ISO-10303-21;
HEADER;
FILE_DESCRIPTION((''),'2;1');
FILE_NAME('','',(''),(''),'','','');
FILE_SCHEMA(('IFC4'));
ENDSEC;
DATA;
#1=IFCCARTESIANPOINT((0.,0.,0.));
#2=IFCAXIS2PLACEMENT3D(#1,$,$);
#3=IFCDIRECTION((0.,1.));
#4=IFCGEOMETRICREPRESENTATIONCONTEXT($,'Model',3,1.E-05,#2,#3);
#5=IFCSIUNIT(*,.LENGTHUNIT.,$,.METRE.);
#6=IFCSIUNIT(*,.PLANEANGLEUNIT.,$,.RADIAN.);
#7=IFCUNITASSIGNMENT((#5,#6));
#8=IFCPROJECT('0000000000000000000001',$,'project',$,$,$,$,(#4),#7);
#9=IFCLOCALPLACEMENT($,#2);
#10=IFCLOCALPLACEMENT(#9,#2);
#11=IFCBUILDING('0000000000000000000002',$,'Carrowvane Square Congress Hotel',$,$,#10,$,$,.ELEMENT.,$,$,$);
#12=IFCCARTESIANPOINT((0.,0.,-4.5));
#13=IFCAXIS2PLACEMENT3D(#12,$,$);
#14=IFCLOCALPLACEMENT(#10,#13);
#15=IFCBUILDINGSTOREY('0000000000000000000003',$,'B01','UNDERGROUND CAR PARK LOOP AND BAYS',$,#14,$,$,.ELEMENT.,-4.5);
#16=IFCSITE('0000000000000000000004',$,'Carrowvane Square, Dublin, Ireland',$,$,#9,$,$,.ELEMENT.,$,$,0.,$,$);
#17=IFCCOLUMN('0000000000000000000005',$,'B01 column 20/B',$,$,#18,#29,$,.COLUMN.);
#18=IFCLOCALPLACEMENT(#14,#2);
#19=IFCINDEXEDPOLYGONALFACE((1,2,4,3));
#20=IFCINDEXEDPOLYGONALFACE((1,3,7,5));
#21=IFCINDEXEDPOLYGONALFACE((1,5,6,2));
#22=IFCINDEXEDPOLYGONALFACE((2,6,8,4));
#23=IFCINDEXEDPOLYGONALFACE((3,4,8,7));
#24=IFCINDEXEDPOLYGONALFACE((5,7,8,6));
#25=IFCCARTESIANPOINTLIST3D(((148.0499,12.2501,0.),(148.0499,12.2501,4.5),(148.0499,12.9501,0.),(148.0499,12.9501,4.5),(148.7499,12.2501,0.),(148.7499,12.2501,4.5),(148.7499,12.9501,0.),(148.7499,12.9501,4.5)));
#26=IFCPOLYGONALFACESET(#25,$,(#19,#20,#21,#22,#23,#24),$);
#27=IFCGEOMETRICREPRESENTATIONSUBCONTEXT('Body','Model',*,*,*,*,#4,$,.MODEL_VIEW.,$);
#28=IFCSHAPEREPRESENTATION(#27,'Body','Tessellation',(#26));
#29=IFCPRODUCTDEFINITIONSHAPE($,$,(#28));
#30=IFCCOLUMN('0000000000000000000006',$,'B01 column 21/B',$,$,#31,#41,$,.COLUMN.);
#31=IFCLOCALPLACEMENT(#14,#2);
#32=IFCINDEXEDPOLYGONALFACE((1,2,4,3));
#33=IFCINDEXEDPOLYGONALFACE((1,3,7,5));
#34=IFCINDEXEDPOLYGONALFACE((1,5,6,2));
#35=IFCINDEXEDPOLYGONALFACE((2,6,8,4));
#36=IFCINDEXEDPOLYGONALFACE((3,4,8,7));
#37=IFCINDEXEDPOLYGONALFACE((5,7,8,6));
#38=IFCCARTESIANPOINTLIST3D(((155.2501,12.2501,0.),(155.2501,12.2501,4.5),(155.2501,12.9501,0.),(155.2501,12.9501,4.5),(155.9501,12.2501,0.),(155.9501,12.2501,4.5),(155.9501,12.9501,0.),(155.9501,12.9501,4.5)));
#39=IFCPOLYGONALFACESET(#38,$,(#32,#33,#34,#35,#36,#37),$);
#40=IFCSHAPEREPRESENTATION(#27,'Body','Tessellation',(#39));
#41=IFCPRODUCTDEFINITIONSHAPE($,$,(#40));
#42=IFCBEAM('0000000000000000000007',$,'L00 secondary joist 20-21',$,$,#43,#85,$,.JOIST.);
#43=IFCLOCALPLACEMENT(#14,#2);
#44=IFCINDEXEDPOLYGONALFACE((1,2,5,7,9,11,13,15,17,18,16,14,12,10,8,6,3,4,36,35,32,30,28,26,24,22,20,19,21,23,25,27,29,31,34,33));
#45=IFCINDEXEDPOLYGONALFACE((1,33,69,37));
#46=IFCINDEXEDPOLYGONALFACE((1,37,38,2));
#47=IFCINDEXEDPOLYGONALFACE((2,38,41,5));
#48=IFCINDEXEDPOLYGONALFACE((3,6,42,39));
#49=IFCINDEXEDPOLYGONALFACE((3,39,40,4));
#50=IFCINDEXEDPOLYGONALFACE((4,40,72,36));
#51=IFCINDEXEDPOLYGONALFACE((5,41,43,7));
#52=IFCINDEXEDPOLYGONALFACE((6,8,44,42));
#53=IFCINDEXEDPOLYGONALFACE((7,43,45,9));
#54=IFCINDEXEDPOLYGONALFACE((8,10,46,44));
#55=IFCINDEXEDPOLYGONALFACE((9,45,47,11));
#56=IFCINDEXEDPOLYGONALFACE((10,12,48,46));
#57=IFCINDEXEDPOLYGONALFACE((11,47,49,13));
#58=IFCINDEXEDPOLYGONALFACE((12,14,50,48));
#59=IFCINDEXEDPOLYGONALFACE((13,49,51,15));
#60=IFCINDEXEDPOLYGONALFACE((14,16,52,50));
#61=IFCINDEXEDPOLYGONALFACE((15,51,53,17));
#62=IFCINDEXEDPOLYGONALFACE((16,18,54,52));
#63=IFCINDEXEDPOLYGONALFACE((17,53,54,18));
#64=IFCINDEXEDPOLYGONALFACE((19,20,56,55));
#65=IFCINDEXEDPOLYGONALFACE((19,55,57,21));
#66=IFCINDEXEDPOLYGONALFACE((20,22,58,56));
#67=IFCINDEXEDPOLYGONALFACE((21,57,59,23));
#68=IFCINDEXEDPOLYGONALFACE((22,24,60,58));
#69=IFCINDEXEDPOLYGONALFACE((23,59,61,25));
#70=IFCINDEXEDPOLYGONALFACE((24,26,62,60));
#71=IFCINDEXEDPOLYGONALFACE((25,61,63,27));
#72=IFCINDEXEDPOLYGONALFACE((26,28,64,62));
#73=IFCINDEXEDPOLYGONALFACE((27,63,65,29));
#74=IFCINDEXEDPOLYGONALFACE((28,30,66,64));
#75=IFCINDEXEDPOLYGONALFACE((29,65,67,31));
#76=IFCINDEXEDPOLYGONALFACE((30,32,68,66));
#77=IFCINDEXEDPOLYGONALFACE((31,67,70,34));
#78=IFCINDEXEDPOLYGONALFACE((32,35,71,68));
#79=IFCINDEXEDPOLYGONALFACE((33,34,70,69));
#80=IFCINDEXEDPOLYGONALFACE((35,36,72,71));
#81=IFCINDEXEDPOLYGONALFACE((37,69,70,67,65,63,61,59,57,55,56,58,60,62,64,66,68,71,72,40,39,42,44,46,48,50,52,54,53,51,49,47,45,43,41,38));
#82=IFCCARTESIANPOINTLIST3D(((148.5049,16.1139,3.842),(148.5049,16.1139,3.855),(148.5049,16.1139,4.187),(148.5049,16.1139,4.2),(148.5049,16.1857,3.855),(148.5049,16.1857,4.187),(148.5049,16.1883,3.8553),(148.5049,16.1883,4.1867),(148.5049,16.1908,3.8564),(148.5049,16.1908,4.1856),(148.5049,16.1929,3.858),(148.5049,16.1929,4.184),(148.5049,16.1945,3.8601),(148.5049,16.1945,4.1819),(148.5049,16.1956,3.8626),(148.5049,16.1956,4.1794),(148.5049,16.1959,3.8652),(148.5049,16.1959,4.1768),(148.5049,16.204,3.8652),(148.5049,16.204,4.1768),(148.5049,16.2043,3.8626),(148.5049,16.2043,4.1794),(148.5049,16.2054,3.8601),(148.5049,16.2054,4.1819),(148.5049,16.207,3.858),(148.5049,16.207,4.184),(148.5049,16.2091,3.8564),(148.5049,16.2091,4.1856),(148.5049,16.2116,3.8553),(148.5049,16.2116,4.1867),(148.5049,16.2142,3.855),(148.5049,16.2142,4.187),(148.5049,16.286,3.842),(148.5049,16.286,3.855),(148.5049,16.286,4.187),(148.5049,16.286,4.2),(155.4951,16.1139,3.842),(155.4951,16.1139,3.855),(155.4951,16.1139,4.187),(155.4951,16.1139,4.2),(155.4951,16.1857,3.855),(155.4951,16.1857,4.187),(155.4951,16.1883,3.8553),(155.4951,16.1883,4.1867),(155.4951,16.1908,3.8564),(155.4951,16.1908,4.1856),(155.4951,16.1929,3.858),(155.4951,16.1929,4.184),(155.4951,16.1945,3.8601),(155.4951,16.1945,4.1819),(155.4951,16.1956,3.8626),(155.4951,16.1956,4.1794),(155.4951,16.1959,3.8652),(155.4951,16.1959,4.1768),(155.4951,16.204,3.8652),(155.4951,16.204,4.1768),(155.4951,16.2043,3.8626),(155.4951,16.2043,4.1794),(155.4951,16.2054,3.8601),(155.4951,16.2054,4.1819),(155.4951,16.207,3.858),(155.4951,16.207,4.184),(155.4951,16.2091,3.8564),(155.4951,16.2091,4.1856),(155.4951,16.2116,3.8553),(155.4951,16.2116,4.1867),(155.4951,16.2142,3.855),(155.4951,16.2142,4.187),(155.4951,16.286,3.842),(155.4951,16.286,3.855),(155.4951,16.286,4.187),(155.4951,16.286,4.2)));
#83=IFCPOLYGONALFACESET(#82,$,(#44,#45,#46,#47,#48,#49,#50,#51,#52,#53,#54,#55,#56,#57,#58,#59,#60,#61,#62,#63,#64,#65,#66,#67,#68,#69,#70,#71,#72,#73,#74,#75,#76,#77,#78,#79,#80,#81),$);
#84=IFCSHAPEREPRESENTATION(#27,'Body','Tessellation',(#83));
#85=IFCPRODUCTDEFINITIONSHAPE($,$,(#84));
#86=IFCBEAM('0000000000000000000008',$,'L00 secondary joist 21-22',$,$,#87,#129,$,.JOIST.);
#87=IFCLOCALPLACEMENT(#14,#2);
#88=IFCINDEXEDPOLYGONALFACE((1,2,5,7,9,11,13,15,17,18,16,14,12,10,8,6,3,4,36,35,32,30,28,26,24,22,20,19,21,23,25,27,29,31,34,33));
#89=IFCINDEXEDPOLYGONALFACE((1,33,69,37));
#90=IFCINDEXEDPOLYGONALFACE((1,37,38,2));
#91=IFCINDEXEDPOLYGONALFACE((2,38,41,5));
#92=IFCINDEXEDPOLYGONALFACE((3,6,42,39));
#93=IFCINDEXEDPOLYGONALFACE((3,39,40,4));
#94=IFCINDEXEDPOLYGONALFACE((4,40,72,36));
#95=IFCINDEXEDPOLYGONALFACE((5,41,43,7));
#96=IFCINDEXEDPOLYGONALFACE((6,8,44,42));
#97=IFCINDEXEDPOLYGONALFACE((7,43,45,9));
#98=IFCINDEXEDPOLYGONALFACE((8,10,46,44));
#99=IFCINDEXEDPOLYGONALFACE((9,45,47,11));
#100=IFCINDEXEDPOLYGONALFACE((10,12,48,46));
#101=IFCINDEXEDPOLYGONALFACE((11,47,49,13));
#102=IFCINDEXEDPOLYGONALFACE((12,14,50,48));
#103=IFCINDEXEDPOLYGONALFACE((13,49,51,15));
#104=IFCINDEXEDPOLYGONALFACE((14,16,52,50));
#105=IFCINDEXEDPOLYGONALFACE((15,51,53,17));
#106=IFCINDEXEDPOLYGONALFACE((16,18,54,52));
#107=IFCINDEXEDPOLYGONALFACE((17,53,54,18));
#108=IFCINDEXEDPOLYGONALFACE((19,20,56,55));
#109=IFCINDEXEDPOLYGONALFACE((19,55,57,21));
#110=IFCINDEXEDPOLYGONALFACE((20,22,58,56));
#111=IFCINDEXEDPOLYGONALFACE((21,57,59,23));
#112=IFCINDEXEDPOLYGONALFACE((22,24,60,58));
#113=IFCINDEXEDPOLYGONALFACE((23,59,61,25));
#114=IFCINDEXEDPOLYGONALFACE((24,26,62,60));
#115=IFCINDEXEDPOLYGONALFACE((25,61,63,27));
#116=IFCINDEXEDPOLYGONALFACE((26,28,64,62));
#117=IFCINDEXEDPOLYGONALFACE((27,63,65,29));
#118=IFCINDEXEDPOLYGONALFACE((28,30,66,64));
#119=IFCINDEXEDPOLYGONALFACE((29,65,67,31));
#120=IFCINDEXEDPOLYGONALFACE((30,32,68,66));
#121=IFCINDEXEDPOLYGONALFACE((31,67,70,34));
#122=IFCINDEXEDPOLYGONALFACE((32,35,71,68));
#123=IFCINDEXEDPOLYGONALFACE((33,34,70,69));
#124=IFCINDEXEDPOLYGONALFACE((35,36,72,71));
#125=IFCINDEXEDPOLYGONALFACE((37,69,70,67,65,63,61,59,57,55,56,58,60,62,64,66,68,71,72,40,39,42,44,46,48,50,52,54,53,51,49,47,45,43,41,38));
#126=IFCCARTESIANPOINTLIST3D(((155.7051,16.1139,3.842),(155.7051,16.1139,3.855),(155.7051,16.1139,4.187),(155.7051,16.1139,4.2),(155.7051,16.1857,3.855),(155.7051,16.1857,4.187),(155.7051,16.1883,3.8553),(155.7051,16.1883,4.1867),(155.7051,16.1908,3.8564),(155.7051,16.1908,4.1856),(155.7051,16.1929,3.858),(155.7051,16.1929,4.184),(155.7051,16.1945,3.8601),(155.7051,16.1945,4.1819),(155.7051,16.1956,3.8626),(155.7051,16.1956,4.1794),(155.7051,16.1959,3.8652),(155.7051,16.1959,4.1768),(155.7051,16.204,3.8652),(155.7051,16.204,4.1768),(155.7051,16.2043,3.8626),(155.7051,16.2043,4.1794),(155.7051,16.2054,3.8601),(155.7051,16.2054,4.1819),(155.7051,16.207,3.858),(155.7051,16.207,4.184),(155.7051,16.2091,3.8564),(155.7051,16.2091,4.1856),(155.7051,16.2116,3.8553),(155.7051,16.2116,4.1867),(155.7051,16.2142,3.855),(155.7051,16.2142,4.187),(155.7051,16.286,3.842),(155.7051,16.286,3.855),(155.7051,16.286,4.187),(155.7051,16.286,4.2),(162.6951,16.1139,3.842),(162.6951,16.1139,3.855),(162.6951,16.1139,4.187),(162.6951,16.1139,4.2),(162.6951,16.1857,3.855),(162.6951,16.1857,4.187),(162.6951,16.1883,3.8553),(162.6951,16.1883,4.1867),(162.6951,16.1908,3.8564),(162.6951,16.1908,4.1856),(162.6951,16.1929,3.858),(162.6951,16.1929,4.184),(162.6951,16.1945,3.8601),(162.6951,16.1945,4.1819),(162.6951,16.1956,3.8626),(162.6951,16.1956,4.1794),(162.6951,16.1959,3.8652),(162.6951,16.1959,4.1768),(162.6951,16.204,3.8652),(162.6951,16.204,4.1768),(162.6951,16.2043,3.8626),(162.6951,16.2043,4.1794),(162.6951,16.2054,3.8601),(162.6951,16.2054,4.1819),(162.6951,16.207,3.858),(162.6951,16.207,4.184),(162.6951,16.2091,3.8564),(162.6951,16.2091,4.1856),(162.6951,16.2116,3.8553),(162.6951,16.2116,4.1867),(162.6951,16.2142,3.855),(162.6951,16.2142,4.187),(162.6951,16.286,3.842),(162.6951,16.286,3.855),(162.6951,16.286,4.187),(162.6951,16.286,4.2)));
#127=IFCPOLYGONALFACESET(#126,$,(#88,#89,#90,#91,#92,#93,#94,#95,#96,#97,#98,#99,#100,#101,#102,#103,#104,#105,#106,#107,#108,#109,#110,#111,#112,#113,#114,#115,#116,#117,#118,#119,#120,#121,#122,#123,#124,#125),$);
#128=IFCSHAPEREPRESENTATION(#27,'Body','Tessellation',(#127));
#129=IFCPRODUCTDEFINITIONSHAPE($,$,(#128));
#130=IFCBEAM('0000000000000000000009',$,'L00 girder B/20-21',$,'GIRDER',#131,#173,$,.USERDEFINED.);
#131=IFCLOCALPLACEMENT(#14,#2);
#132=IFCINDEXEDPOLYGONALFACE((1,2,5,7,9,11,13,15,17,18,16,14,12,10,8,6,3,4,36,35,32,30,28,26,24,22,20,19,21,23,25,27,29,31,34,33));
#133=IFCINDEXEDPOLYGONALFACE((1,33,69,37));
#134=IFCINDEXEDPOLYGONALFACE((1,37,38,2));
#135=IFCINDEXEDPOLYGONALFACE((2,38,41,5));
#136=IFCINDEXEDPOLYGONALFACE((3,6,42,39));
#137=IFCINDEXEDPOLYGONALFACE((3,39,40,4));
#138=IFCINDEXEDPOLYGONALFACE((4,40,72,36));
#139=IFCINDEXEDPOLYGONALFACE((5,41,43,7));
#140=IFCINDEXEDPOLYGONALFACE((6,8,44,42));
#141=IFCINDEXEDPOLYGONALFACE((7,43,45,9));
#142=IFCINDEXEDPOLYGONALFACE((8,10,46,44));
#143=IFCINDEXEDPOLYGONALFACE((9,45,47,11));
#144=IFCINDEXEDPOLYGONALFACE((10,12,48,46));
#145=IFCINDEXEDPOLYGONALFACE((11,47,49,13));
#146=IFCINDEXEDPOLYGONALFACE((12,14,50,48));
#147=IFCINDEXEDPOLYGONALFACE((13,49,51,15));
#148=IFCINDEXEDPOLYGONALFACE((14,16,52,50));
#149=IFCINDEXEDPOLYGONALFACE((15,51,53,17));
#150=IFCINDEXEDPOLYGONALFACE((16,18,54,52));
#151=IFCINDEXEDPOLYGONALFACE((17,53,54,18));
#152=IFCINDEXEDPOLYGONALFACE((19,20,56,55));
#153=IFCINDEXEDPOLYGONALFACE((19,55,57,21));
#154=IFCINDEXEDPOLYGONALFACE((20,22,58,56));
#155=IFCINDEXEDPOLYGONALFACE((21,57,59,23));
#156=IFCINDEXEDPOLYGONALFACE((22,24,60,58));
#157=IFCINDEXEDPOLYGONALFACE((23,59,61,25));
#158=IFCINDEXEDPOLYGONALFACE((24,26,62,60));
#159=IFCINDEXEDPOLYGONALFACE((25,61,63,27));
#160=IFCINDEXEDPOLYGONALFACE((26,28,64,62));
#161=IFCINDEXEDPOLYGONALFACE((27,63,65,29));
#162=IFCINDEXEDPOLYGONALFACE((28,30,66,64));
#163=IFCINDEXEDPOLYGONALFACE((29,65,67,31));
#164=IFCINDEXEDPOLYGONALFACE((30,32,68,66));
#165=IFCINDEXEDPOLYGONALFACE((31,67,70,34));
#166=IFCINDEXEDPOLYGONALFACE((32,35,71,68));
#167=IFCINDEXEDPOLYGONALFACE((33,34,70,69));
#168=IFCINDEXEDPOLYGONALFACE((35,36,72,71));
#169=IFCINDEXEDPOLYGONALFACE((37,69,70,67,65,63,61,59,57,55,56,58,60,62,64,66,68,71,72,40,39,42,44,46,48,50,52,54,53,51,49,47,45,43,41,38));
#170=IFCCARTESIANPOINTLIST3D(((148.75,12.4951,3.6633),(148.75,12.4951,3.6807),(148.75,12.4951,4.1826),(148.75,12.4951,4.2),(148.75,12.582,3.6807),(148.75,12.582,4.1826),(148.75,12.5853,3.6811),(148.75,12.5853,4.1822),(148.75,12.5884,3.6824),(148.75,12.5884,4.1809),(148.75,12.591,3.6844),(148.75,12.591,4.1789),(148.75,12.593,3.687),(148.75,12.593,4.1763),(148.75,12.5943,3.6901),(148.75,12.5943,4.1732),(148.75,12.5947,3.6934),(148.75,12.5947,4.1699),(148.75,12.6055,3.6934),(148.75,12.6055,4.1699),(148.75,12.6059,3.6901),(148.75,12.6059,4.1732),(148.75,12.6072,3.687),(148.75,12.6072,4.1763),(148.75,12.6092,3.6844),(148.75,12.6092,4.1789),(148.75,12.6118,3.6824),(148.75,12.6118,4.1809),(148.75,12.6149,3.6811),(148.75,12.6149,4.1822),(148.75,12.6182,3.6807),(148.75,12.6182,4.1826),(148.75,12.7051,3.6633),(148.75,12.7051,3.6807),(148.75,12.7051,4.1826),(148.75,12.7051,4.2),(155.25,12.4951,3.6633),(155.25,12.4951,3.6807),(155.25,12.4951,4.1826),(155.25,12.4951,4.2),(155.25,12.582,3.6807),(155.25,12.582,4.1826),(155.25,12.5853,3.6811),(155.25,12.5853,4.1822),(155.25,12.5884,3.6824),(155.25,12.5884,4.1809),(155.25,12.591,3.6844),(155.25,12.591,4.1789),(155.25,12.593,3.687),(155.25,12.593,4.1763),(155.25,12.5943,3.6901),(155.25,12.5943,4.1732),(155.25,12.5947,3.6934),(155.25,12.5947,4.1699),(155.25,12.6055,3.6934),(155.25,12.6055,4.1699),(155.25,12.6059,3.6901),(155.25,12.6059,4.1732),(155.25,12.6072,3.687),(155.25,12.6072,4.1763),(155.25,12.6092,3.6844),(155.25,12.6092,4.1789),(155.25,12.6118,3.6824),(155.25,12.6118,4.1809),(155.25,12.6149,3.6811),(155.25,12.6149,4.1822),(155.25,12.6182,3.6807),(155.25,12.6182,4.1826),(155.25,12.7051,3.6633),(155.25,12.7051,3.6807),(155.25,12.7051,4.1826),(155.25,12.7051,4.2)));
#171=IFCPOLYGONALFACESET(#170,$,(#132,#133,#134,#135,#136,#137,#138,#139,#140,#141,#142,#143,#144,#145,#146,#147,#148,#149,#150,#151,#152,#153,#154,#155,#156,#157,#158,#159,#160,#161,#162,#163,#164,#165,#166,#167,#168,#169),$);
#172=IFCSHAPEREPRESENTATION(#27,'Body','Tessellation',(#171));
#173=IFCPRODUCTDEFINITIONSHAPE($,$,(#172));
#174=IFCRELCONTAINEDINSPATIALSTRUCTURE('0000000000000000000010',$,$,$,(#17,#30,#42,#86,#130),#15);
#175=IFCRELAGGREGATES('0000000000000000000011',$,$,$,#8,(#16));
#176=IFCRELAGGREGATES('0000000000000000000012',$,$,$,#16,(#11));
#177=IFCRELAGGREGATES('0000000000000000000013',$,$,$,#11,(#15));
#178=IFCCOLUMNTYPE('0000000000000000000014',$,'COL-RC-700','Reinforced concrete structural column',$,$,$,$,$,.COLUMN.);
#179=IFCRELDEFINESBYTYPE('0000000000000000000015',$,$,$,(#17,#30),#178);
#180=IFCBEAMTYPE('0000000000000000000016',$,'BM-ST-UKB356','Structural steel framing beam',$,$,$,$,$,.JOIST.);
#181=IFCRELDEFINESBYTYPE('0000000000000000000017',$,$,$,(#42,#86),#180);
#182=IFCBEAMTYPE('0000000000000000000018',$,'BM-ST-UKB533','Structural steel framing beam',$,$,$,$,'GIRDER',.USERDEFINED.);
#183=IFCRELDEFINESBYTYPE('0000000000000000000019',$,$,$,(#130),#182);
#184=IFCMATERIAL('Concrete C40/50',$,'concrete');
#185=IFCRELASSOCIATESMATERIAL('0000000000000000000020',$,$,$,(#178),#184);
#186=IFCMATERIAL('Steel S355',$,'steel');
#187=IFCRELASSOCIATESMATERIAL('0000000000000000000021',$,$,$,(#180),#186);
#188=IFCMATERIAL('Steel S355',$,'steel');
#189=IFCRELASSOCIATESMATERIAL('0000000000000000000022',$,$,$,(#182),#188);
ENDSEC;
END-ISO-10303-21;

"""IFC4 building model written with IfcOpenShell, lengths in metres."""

from ifc_helpers import new_model, si_unit, direction, frame, origin, origin_2d, place, context, subcontext, project, spatial, rectangle, i_section, extrude, material, material_profile, profile_set, type_object, element, save


model = new_model("IFC4")

# Units and contexts
model_context = context("Model", 3, precision=1e-05, world=origin(), true_north=direction((0.0, 1.0)))
body_context = subcontext(model_context, "Body", "Model", "MODEL_VIEW")
ifc_project = project(units=[si_unit("LENGTHUNIT", "METRE"), si_unit("PLANEANGLEUNIT", "RADIAN")], contexts=[model_context])

# Site, building, storey
site_placement = place(None, origin())
site = spatial("IfcSite", under=ifc_project, at=site_placement, Name="Carrowvane Square, Dublin, Ireland", CompositionType="ELEMENT", RefElevation=0.0)
building_placement = place(site_placement, origin())
building = spatial("IfcBuilding", under=site, at=building_placement, Name="Carrowvane Square Congress Hotel", CompositionType="ELEMENT")
storey_placement = place(building_placement, frame((0.0, 0.0, -4.5)))
storey = spatial("IfcBuildingStorey", under=building, at=storey_placement, Name="B01", Description="UNDERGROUND CAR PARK LOOP AND BAYS", CompositionType="ELEMENT", Elevation=-4.5)

# Columns
ifc_material_1 = material(Name="Concrete C40/50", Category="concrete")
ifc_material_profile_1 = material_profile(ifc_material_1, rectangle(XDim=0.7, YDim=0.7, at=origin_2d()), Name="RC 700x700")
ifc_profile_set_1 = profile_set([ifc_material_profile_1], Name="Concrete C40/50")
column_type = type_object("IfcColumnType", Name="COL-RC-700", Description="Reinforced concrete structural column", PredefinedType="COLUMN", material=ifc_profile_set_1)
for number, where, z_axis, x_axis, name in (
    (1, (148.3999, 12.6001, 0.0), (0.0, 0.0, 1.0), (1.0, 0.0, 0.0), "B01 column 20/B"),
    (2, (155.6001, 12.6001, 0.0), (0.0, 0.0, 1.0), (1.0, 0.0, 0.0), "B01 column 21/B"),
):
    element("IfcColumn", number, at=place(storey_placement, frame(where, z_axis=z_axis, x_axis=x_axis)), inside=storey, type_object=column_type, Name=name, PredefinedType="COLUMN", context=body_context, shape_type="SweptSolid", body=[
        extrude(rectangle(XDim=0.7, YDim=0.7, at=origin_2d()), origin(), (0.0, 0.0, 1.0), 4.5),
    ])

# Beams
ifc_material_2 = material(Name="Steel S355", Category="steel")
ifc_material_profile_2 = material_profile(ifc_material_2, i_section(OverallWidth=0.1721, OverallDepth=0.3579, WebThickness=0.0081, FlangeThickness=0.0129, FilletRadius=0.0103, at=origin_2d()), Name="UKB 356x171x57")
ifc_profile_set_2 = profile_set([ifc_material_profile_2], Name="Steel S355")
beam_type_1 = type_object("IfcBeamType", Name="BM-ST-UKB356", Description="Structural steel framing beam", PredefinedType="JOIST", material=ifc_profile_set_2)
beam_1_placement = place(storey_placement, frame((148.5049, 16.2, 4.021), z_axis=(1.0, 0.0, 0.0), x_axis=(0.0, 1.0, 0.0)))
element("IfcBeam", 3, at=beam_1_placement, inside=storey, type_object=beam_type_1, Name="L00 secondary joist 20-21", PredefinedType="JOIST", context=body_context, shape_type="SweptSolid", body=[
    extrude(i_section(OverallWidth=0.1721, OverallDepth=0.3579, WebThickness=0.0081, FlangeThickness=0.0129, FilletRadius=0.0103, at=origin_2d()), origin(), (0.0, 0.0, 1.0), 6.9902),
])
beam_2_placement = place(storey_placement, frame((155.7051, 16.2, 4.021), z_axis=(1.0, 0.0, 0.0), x_axis=(0.0, 1.0, 0.0)))
element("IfcBeam", 4, at=beam_2_placement, inside=storey, type_object=beam_type_1, Name="L00 secondary joist 21-22", PredefinedType="JOIST", context=body_context, shape_type="SweptSolid", body=[
    extrude(i_section(OverallWidth=0.1721, OverallDepth=0.3579, WebThickness=0.0081, FlangeThickness=0.0129, FilletRadius=0.0103, at=origin_2d()), origin(), (0.0, 0.0, 1.0), 6.99),
])
ifc_material_3 = material(Name="Steel S355", Category="steel")
ifc_material_profile_3 = material_profile(ifc_material_3, i_section(OverallWidth=0.21, OverallDepth=0.5366, WebThickness=0.0107, FlangeThickness=0.0173, FilletRadius=0.0127, at=origin_2d()), Name="UKB 533x210x101")
ifc_profile_set_3 = profile_set([ifc_material_profile_3], Name="Steel S355")
beam_type_2 = type_object("IfcBeamType", Name="BM-ST-UKB533", Description="Structural steel framing beam", ElementType="GIRDER", PredefinedType="USERDEFINED", material=ifc_profile_set_3)
beam_3_placement = place(storey_placement, frame((148.75, 12.6001, 3.9316), z_axis=(1.0, 0.0, 0.0), x_axis=(0.0, 1.0, 0.0)))
element("IfcBeam", 5, at=beam_3_placement, inside=storey, type_object=beam_type_2, Name="L00 girder B/20-21", ObjectType="GIRDER", PredefinedType="USERDEFINED", context=body_context, shape_type="SweptSolid", body=[
    extrude(i_section(OverallWidth=0.21, OverallDepth=0.5366, WebThickness=0.0107, FlangeThickness=0.0173, FilletRadius=0.0127, at=origin_2d()), origin(), (0.0, 0.0, 1.0), 6.5),
])

save(model, "model.ifc")
